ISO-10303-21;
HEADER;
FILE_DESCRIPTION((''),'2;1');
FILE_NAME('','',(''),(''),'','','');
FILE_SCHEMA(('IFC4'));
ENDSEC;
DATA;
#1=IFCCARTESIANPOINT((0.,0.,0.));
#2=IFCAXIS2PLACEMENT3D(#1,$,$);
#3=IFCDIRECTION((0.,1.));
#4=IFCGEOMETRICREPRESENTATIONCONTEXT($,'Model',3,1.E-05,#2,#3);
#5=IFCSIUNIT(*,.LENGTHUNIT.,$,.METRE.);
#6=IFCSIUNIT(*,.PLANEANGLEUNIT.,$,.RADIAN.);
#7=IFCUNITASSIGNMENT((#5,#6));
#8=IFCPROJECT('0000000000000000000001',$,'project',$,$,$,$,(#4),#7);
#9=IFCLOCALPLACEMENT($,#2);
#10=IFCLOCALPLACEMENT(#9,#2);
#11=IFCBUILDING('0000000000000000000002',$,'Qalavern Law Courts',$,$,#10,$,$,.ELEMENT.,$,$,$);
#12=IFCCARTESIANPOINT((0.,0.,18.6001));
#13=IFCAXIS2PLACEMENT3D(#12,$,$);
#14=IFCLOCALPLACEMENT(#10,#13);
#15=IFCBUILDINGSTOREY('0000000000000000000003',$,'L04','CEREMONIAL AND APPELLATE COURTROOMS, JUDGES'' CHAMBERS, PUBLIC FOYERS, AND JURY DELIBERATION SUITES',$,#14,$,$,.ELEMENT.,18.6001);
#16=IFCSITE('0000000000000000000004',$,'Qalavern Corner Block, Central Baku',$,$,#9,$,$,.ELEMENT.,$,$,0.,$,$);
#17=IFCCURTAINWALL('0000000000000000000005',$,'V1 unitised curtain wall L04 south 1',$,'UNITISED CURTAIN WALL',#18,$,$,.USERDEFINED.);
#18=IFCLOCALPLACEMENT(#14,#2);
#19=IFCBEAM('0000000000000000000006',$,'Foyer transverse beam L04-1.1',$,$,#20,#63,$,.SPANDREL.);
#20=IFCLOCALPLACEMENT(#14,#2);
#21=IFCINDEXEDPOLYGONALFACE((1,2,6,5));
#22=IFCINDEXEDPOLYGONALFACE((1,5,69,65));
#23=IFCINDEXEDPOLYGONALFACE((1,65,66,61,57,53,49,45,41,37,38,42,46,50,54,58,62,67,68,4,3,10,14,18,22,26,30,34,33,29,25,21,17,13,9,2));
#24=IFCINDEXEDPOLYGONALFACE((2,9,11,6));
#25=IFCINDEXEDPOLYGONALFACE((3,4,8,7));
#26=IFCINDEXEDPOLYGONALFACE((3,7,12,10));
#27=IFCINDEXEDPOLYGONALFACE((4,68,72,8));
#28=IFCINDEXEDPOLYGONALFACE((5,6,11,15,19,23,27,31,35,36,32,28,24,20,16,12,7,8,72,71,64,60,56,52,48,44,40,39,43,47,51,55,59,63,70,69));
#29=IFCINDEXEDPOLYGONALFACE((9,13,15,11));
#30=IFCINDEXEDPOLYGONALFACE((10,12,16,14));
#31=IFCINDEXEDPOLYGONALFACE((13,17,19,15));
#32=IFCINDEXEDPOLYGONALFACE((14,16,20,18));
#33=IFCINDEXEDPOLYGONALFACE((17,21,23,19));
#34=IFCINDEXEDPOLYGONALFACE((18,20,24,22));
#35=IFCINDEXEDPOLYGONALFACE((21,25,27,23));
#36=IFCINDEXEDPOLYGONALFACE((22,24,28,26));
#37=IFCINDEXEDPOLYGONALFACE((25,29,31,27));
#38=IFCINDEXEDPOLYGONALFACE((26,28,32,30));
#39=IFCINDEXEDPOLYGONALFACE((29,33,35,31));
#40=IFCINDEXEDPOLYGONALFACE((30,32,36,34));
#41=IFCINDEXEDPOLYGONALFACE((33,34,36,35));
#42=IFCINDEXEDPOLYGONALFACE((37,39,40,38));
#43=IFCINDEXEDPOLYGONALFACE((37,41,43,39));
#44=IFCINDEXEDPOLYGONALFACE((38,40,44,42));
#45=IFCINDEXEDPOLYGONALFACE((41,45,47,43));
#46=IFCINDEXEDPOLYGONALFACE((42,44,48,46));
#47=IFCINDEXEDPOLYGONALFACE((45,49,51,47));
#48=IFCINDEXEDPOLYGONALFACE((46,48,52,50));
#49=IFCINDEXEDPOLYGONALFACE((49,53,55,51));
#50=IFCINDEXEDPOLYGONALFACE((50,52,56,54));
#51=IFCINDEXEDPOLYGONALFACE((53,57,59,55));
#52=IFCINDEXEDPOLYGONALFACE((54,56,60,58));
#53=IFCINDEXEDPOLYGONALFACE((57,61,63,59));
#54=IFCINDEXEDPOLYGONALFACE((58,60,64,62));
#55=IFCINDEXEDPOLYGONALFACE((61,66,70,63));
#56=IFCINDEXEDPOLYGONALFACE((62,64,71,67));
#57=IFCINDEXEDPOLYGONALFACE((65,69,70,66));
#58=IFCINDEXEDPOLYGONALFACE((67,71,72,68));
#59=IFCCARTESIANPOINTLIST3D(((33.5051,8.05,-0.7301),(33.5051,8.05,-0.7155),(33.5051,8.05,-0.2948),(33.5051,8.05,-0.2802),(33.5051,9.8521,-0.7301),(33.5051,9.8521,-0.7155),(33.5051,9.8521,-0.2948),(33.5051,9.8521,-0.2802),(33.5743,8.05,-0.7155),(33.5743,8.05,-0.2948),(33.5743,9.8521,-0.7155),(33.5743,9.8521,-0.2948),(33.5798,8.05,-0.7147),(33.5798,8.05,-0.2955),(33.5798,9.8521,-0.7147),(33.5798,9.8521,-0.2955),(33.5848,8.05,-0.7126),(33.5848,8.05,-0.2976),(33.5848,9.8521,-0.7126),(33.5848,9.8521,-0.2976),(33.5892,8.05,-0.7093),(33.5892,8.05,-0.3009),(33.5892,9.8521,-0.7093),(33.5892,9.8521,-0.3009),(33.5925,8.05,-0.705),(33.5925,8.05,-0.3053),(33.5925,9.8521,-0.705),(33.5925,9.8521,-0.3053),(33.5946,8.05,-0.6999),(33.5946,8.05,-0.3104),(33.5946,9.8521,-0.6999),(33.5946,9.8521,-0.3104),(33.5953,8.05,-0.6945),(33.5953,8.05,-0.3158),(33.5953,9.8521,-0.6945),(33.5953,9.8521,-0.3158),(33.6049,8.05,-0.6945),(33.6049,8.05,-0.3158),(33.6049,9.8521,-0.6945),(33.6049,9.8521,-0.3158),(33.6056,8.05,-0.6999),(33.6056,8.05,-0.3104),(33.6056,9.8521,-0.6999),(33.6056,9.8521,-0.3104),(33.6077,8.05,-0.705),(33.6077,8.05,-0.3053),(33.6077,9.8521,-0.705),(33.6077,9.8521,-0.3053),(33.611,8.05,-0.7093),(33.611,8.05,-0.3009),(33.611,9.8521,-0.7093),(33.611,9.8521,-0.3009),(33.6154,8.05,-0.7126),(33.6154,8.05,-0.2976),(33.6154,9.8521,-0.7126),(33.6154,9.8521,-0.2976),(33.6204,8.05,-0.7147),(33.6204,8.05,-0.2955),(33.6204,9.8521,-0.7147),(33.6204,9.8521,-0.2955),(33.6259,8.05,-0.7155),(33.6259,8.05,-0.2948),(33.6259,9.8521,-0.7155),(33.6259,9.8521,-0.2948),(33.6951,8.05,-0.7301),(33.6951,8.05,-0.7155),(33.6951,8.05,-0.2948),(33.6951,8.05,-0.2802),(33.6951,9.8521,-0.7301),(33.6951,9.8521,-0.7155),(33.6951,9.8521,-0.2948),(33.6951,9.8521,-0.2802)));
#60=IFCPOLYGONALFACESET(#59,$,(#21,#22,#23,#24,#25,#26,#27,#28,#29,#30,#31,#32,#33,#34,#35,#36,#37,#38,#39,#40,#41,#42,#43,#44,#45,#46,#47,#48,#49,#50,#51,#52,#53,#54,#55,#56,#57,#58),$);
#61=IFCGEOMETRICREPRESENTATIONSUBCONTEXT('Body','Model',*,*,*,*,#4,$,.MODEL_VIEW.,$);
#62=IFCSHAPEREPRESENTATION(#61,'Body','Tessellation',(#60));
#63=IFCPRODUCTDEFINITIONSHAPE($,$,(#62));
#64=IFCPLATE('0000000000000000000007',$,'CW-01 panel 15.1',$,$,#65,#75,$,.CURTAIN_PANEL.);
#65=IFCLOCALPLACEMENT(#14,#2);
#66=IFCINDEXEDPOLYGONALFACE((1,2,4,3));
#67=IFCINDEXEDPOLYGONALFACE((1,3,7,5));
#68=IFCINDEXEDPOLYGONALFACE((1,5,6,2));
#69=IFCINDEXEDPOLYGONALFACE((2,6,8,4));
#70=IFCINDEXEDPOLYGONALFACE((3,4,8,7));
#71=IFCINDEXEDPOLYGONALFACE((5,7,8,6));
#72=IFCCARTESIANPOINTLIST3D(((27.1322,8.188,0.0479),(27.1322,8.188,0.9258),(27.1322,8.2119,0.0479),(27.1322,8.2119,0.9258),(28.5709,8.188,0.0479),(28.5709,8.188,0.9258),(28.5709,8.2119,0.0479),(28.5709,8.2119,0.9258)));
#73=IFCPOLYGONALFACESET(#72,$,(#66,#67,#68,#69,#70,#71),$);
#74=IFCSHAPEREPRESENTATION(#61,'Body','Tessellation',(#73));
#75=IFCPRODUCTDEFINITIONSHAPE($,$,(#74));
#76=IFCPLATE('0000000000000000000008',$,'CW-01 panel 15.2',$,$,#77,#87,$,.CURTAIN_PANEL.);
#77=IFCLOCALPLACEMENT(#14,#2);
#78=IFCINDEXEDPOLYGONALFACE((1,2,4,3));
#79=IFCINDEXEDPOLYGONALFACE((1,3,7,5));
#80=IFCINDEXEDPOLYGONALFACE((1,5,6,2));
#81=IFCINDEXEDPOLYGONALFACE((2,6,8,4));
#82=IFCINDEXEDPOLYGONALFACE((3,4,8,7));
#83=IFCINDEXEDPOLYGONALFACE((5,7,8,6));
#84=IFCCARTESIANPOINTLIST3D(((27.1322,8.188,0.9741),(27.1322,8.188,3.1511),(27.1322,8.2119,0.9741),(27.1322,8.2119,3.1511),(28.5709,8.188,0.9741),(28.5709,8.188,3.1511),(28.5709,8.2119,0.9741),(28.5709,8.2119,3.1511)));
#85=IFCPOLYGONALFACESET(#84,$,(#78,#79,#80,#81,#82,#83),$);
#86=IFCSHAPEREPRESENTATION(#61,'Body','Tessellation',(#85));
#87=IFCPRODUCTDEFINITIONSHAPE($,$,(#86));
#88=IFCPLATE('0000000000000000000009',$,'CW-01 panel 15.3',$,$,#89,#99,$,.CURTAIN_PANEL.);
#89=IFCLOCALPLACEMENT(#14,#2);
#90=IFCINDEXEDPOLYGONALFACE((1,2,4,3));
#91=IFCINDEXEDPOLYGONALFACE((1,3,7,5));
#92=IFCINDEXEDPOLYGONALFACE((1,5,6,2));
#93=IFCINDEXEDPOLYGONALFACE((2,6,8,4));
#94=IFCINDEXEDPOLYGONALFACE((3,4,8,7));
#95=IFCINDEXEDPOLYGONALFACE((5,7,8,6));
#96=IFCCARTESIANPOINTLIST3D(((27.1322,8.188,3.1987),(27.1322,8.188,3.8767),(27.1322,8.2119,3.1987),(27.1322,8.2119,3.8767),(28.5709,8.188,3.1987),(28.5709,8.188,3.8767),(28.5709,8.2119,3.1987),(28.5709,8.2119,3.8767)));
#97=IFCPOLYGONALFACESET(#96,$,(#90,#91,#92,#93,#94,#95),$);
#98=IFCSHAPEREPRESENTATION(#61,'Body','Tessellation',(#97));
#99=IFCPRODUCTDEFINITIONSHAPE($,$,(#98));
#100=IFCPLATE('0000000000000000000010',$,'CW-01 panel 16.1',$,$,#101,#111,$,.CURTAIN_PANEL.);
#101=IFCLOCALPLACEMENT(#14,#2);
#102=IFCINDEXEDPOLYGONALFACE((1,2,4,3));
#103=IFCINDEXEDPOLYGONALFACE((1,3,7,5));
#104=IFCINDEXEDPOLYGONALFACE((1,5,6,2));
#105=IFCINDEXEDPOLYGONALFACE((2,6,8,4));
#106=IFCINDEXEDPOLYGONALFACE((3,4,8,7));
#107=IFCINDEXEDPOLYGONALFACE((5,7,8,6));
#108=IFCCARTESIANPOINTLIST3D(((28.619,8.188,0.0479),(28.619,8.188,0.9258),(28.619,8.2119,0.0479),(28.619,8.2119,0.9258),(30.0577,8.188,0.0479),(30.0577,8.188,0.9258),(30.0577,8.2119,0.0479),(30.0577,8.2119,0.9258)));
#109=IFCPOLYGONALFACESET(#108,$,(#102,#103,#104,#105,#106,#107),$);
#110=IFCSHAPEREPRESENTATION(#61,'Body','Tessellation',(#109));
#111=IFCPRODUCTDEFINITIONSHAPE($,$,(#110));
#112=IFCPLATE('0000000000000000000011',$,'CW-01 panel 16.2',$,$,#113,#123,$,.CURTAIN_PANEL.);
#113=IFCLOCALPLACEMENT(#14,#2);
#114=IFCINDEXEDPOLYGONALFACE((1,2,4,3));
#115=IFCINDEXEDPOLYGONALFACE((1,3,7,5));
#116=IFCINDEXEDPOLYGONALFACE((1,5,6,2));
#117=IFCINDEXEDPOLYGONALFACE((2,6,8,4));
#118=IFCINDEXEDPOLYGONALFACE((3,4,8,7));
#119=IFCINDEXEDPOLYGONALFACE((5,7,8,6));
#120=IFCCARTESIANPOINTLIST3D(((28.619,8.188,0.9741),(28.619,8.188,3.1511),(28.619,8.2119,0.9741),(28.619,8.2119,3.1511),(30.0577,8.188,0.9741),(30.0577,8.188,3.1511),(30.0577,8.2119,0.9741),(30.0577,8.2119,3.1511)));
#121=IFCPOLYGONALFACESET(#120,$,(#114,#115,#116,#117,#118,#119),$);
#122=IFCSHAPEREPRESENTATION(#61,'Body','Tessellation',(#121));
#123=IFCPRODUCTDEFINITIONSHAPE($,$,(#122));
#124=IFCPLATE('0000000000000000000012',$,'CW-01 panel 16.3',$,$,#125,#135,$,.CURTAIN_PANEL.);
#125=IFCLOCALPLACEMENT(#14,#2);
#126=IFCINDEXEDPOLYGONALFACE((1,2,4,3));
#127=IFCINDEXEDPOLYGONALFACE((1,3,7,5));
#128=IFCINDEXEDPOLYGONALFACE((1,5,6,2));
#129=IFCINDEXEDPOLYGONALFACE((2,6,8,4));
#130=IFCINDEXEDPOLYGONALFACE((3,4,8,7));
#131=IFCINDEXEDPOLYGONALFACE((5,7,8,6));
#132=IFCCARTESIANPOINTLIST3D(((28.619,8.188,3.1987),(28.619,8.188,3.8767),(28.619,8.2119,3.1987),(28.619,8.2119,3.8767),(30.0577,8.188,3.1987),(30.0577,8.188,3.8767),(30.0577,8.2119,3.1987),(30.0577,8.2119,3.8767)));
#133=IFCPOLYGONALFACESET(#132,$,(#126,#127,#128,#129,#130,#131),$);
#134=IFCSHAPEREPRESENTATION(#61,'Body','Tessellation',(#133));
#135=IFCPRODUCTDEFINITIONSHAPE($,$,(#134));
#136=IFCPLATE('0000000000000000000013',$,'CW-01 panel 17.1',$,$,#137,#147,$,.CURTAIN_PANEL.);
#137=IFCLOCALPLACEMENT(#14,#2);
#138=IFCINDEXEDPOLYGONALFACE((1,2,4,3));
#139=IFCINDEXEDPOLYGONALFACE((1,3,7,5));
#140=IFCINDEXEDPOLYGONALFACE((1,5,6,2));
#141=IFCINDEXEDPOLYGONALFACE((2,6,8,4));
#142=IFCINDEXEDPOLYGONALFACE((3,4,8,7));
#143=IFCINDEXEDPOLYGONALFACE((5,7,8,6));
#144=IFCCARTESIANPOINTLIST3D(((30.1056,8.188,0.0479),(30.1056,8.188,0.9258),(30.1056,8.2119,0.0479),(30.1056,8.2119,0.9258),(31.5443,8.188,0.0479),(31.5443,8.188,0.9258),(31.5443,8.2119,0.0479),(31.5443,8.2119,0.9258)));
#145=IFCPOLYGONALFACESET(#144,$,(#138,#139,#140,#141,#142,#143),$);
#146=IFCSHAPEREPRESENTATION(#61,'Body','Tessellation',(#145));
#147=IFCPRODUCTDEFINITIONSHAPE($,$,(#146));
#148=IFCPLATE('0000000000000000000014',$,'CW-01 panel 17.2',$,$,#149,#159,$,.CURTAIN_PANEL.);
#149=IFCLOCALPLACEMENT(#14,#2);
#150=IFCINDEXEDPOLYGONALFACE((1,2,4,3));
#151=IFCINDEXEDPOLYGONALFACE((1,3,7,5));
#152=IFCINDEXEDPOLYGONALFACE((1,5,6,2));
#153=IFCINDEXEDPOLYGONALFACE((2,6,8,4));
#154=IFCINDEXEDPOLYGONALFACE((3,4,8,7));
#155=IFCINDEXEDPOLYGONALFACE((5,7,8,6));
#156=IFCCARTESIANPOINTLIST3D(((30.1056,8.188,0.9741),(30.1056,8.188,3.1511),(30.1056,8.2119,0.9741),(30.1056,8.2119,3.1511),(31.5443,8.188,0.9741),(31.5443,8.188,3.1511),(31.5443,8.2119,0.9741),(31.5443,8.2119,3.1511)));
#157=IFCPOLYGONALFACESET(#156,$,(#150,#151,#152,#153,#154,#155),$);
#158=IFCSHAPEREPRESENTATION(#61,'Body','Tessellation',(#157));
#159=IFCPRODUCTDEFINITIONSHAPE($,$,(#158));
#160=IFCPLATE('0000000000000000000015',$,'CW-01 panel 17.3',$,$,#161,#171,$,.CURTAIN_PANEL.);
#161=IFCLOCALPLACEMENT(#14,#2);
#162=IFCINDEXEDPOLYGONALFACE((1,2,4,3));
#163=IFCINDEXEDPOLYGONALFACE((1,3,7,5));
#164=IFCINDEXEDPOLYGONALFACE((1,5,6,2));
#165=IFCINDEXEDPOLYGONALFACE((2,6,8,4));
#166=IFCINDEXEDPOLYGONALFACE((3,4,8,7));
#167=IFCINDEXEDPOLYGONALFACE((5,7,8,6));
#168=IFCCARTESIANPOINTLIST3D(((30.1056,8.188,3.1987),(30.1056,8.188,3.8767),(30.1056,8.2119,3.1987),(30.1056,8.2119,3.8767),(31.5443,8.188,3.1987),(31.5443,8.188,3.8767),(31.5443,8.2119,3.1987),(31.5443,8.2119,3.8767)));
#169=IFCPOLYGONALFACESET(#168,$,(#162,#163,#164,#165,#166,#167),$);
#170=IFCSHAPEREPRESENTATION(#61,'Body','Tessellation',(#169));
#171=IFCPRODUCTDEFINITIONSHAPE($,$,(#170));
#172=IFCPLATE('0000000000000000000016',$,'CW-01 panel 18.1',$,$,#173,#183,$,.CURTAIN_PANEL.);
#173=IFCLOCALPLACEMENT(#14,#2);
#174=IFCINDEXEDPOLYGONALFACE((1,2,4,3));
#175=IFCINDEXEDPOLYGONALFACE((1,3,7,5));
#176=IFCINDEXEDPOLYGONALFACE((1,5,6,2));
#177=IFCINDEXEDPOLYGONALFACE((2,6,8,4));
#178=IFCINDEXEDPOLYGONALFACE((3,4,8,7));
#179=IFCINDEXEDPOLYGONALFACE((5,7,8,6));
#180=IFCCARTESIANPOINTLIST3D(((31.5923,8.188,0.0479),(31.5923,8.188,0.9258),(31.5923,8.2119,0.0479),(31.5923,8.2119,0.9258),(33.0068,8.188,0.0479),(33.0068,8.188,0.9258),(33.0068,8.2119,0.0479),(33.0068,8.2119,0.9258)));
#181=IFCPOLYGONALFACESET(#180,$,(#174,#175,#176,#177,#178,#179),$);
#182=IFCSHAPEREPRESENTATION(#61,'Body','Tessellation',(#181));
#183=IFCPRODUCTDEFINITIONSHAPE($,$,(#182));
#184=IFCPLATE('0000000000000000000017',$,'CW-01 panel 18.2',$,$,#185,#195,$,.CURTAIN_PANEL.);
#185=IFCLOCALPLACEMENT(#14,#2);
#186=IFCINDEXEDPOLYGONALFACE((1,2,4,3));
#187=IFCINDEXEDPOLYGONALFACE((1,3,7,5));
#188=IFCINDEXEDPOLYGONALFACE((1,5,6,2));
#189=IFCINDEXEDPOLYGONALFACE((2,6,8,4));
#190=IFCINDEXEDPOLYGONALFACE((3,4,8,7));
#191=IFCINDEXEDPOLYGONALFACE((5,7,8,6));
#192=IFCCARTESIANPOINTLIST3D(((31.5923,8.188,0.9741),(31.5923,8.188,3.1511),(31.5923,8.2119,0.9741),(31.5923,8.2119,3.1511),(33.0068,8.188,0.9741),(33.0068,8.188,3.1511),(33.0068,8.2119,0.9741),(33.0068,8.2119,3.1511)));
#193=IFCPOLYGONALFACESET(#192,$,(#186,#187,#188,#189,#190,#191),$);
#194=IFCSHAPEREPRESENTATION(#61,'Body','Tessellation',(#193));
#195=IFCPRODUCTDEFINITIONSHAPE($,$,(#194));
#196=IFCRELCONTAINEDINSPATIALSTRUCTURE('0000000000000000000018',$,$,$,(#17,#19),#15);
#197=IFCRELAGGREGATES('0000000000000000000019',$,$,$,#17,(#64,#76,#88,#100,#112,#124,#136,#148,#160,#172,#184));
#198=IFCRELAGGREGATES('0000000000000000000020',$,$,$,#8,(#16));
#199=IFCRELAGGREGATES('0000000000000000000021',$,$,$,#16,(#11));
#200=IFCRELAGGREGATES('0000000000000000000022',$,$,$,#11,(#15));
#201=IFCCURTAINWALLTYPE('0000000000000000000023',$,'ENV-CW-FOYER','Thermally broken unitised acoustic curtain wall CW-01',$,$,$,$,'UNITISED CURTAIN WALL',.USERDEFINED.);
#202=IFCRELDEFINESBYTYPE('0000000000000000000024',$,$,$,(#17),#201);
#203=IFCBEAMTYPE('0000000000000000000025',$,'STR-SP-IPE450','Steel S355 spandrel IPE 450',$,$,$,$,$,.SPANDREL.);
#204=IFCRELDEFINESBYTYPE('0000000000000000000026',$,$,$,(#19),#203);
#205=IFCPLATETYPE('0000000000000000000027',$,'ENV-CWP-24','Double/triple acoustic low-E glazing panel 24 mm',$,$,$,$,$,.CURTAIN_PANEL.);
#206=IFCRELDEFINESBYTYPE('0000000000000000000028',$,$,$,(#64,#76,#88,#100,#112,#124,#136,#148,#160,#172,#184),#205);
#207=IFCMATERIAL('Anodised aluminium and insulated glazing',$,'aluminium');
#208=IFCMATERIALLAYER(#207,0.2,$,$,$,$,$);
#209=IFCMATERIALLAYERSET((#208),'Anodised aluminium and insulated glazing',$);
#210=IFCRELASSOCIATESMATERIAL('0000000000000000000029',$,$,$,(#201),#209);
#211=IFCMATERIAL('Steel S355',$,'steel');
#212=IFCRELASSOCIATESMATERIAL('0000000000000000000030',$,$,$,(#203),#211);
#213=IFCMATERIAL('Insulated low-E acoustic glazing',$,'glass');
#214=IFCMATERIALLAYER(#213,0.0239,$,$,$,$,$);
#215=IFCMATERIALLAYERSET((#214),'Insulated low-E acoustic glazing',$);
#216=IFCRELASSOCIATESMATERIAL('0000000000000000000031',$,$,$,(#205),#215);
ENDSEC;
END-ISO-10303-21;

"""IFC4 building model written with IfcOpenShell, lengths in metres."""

from ifc_helpers import new_model, si_unit, direction, frame, origin, origin_2d, place, context, subcontext, project, spatial, rectangle, i_section, extrude, material, layer, layer_set, material_profile, profile_set, type_object, element, aggregate, save


model = new_model("IFC4")

# Units and contexts
model_context = context("Model", 3, precision=1e-05, world=origin(), true_north=direction((0.0, 1.0)))
body_context = subcontext(model_context, "Body", "Model", "MODEL_VIEW")
ifc_project = project(units=[si_unit("LENGTHUNIT", "METRE"), si_unit("PLANEANGLEUNIT", "RADIAN")], contexts=[model_context])

# Site, building, storey
site_placement = place(None, origin())
site = spatial("IfcSite", under=ifc_project, at=site_placement, Name="Qalavern Corner Block, Central Baku", CompositionType="ELEMENT", RefElevation=0.0)
building_placement = place(site_placement, origin())
building = spatial("IfcBuilding", under=site, at=building_placement, Name="Qalavern Law Courts", CompositionType="ELEMENT")
storey_placement = place(building_placement, frame((0.0, 0.0, 18.6001)))
storey = spatial("IfcBuildingStorey", under=building, at=storey_placement, Name="L04", Description="CEREMONIAL AND APPELLATE COURTROOMS, JUDGES' CHAMBERS, PUBLIC FOYERS, AND JURY DELIBERATION SUITES", CompositionType="ELEMENT", Elevation=18.6001)

# Curtain wall
ifc_material_1 = material(Name="Anodised aluminium and insulated glazing", Category="aluminium")
ifc_layer_1 = layer(ifc_material_1, 0.2)
ifc_layer_set_1 = layer_set([ifc_layer_1], Name="Anodised aluminium and insulated glazing")
curtain_wall_type = type_object("IfcCurtainWallType", Name="ENV-CW-FOYER", Description="Thermally broken unitised acoustic curtain wall CW-01", ElementType="UNITISED CURTAIN WALL", PredefinedType="USERDEFINED", material=ifc_layer_set_1)
curtain_wall_placement = place(storey_placement, origin())
curtain_wall = element("IfcCurtainWall", 1, at=curtain_wall_placement, inside=storey, type_object=curtain_wall_type, Name="V1 unitised curtain wall L04 south 1", ObjectType="UNITISED CURTAIN WALL", PredefinedType="USERDEFINED")

# Beam
ifc_material_2 = material(Name="Steel S355", Category="steel")
ifc_material_profile_1 = material_profile(ifc_material_2, i_section(OverallWidth=0.1899, OverallDepth=0.45, WebThickness=0.0095, FlangeThickness=0.0146, FilletRadius=0.021, at=origin_2d()), Name="IPE 450")
ifc_profile_set_1 = profile_set([ifc_material_profile_1], Name="Steel S355")
beam_type_1 = type_object("IfcBeamType", Name="STR-SP-IPE450", Description="Steel S355 spandrel IPE 450", PredefinedType="SPANDREL", material=ifc_profile_set_1)
beam_1_placement = place(storey_placement, frame((33.6001, 8.05, -0.5051), z_axis=(0.0, 1.0, 0.0), x_axis=(-1.0, 0.0, 0.0)))
element("IfcBeam", 2, at=beam_1_placement, inside=storey, type_object=beam_type_1, Name="Foyer transverse beam L04-1.1", PredefinedType="SPANDREL", context=body_context, shape_type="SweptSolid", body=[
    extrude(i_section(OverallWidth=0.1899, OverallDepth=0.45, WebThickness=0.0095, FlangeThickness=0.0146, FilletRadius=0.021, at=origin_2d()), origin(), (0.0, 0.0, 1.0), 1.802),
])

# Plates
ifc_material_3 = material(Name="Insulated low-E acoustic glazing", Category="glass")
ifc_layer_2 = layer(ifc_material_3, 0.0239)
ifc_layer_set_2 = layer_set([ifc_layer_2], Name="Insulated low-E acoustic glazing")
plate_type = type_object("IfcPlateType", Name="ENV-CWP-24", Description="Double/triple acoustic low-E glazing panel 24 mm", PredefinedType="CURTAIN_PANEL", material=ifc_layer_set_2)
plate_1_placement = place(storey_placement, frame((27.8516, 8.2, 0.0479), z_axis=(0.0, 0.0, 1.0), x_axis=(1.0, 0.0, 0.0)))
plate_1 = element("IfcPlate", 3, at=plate_1_placement, type_object=plate_type, Name="CW-01 panel 15.1", PredefinedType="CURTAIN_PANEL", context=body_context, shape_type="SweptSolid", body=[
    extrude(rectangle(XDim=1.4387, YDim=0.0239, at=origin_2d()), origin(), (0.0, 0.0, 1.0), 0.8779),
])
plate_2_placement = place(storey_placement, frame((27.8516, 8.2, 0.9741), z_axis=(0.0, 0.0, 1.0), x_axis=(1.0, 0.0, 0.0)))
plate_2 = element("IfcPlate", 4, at=plate_2_placement, type_object=plate_type, Name="CW-01 panel 15.2", PredefinedType="CURTAIN_PANEL", context=body_context, shape_type="SweptSolid", body=[
    extrude(rectangle(XDim=1.4387, YDim=0.0239, at=origin_2d()), origin(), (0.0, 0.0, 1.0), 2.177),
])
plate_3_placement = place(storey_placement, frame((27.8516, 8.2, 3.1987), z_axis=(0.0, 0.0, 1.0), x_axis=(1.0, 0.0, 0.0)))
plate_3 = element("IfcPlate", 5, at=plate_3_placement, type_object=plate_type, Name="CW-01 panel 15.3", PredefinedType="CURTAIN_PANEL", context=body_context, shape_type="SweptSolid", body=[
    extrude(rectangle(XDim=1.4387, YDim=0.0239, at=origin_2d()), origin(), (0.0, 0.0, 1.0), 0.678),
])
plate_4_placement = place(storey_placement, frame((29.3384, 8.2, 0.0479), z_axis=(0.0, 0.0, 1.0), x_axis=(1.0, 0.0, 0.0)))
plate_4 = element("IfcPlate", 6, at=plate_4_placement, type_object=plate_type, Name="CW-01 panel 16.1", PredefinedType="CURTAIN_PANEL", context=body_context, shape_type="SweptSolid", body=[
    extrude(rectangle(XDim=1.4387, YDim=0.0239, at=origin_2d()), origin(), (0.0, 0.0, 1.0), 0.8779),
])
plate_5_placement = place(storey_placement, frame((29.3384, 8.2, 0.9741), z_axis=(0.0, 0.0, 1.0), x_axis=(1.0, 0.0, 0.0)))
plate_5 = element("IfcPlate", 7, at=plate_5_placement, type_object=plate_type, Name="CW-01 panel 16.2", PredefinedType="CURTAIN_PANEL", context=body_context, shape_type="SweptSolid", body=[
    extrude(rectangle(XDim=1.4387, YDim=0.0239, at=origin_2d()), origin(), (0.0, 0.0, 1.0), 2.177),
])
plate_6_placement = place(storey_placement, frame((29.3384, 8.2, 3.1987), z_axis=(0.0, 0.0, 1.0), x_axis=(1.0, 0.0, 0.0)))
plate_6 = element("IfcPlate", 8, at=plate_6_placement, type_object=plate_type, Name="CW-01 panel 16.3", PredefinedType="CURTAIN_PANEL", context=body_context, shape_type="SweptSolid", body=[
    extrude(rectangle(XDim=1.4387, YDim=0.0239, at=origin_2d()), origin(), (0.0, 0.0, 1.0), 0.678),
])
plate_7_placement = place(storey_placement, frame((30.825, 8.2, 0.0479), z_axis=(0.0, 0.0, 1.0), x_axis=(1.0, 0.0, 0.0)))
plate_7 = element("IfcPlate", 9, at=plate_7_placement, type_object=plate_type, Name="CW-01 panel 17.1", PredefinedType="CURTAIN_PANEL", context=body_context, shape_type="SweptSolid", body=[
    extrude(rectangle(XDim=1.4387, YDim=0.0239, at=origin_2d()), origin(), (0.0, 0.0, 1.0), 0.8779),
])
plate_8_placement = place(storey_placement, frame((30.825, 8.2, 0.9741), z_axis=(0.0, 0.0, 1.0), x_axis=(1.0, 0.0, 0.0)))
plate_8 = element("IfcPlate", 10, at=plate_8_placement, type_object=plate_type, Name="CW-01 panel 17.2", PredefinedType="CURTAIN_PANEL", context=body_context, shape_type="SweptSolid", body=[
    extrude(rectangle(XDim=1.4387, YDim=0.0239, at=origin_2d()), origin(), (0.0, 0.0, 1.0), 2.177),
])
plate_9_placement = place(storey_placement, frame((30.825, 8.2, 3.1987), z_axis=(0.0, 0.0, 1.0), x_axis=(1.0, 0.0, 0.0)))
plate_9 = element("IfcPlate", 11, at=plate_9_placement, type_object=plate_type, Name="CW-01 panel 17.3", PredefinedType="CURTAIN_PANEL", context=body_context, shape_type="SweptSolid", body=[
    extrude(rectangle(XDim=1.4387, YDim=0.0239, at=origin_2d()), origin(), (0.0, 0.0, 1.0), 0.678),
])
plate_10_placement = place(storey_placement, frame((32.2996, 8.2, 0.0479), z_axis=(0.0, 0.0, 1.0), x_axis=(1.0, 0.0, 0.0)))
plate_10 = element("IfcPlate", 12, at=plate_10_placement, type_object=plate_type, Name="CW-01 panel 18.1", PredefinedType="CURTAIN_PANEL", context=body_context, shape_type="SweptSolid", body=[
    extrude(rectangle(XDim=1.4146, YDim=0.0239, at=origin_2d()), origin(), (0.0, 0.0, 1.0), 0.8779),
])
plate_11_placement = place(storey_placement, frame((32.2996, 8.2, 0.9741), z_axis=(0.0, 0.0, 1.0), x_axis=(1.0, 0.0, 0.0)))
plate_11 = element("IfcPlate", 13, at=plate_11_placement, type_object=plate_type, Name="CW-01 panel 18.2", PredefinedType="CURTAIN_PANEL", context=body_context, shape_type="SweptSolid", body=[
    extrude(rectangle(XDim=1.4146, YDim=0.0239, at=origin_2d()), origin(), (0.0, 0.0, 1.0), 2.177),
])
aggregate(curtain_wall, [plate_1, plate_2, plate_3, plate_4, plate_5, plate_6, plate_7, plate_8, plate_9, plate_10, plate_11])

save(model, "model.ifc")
